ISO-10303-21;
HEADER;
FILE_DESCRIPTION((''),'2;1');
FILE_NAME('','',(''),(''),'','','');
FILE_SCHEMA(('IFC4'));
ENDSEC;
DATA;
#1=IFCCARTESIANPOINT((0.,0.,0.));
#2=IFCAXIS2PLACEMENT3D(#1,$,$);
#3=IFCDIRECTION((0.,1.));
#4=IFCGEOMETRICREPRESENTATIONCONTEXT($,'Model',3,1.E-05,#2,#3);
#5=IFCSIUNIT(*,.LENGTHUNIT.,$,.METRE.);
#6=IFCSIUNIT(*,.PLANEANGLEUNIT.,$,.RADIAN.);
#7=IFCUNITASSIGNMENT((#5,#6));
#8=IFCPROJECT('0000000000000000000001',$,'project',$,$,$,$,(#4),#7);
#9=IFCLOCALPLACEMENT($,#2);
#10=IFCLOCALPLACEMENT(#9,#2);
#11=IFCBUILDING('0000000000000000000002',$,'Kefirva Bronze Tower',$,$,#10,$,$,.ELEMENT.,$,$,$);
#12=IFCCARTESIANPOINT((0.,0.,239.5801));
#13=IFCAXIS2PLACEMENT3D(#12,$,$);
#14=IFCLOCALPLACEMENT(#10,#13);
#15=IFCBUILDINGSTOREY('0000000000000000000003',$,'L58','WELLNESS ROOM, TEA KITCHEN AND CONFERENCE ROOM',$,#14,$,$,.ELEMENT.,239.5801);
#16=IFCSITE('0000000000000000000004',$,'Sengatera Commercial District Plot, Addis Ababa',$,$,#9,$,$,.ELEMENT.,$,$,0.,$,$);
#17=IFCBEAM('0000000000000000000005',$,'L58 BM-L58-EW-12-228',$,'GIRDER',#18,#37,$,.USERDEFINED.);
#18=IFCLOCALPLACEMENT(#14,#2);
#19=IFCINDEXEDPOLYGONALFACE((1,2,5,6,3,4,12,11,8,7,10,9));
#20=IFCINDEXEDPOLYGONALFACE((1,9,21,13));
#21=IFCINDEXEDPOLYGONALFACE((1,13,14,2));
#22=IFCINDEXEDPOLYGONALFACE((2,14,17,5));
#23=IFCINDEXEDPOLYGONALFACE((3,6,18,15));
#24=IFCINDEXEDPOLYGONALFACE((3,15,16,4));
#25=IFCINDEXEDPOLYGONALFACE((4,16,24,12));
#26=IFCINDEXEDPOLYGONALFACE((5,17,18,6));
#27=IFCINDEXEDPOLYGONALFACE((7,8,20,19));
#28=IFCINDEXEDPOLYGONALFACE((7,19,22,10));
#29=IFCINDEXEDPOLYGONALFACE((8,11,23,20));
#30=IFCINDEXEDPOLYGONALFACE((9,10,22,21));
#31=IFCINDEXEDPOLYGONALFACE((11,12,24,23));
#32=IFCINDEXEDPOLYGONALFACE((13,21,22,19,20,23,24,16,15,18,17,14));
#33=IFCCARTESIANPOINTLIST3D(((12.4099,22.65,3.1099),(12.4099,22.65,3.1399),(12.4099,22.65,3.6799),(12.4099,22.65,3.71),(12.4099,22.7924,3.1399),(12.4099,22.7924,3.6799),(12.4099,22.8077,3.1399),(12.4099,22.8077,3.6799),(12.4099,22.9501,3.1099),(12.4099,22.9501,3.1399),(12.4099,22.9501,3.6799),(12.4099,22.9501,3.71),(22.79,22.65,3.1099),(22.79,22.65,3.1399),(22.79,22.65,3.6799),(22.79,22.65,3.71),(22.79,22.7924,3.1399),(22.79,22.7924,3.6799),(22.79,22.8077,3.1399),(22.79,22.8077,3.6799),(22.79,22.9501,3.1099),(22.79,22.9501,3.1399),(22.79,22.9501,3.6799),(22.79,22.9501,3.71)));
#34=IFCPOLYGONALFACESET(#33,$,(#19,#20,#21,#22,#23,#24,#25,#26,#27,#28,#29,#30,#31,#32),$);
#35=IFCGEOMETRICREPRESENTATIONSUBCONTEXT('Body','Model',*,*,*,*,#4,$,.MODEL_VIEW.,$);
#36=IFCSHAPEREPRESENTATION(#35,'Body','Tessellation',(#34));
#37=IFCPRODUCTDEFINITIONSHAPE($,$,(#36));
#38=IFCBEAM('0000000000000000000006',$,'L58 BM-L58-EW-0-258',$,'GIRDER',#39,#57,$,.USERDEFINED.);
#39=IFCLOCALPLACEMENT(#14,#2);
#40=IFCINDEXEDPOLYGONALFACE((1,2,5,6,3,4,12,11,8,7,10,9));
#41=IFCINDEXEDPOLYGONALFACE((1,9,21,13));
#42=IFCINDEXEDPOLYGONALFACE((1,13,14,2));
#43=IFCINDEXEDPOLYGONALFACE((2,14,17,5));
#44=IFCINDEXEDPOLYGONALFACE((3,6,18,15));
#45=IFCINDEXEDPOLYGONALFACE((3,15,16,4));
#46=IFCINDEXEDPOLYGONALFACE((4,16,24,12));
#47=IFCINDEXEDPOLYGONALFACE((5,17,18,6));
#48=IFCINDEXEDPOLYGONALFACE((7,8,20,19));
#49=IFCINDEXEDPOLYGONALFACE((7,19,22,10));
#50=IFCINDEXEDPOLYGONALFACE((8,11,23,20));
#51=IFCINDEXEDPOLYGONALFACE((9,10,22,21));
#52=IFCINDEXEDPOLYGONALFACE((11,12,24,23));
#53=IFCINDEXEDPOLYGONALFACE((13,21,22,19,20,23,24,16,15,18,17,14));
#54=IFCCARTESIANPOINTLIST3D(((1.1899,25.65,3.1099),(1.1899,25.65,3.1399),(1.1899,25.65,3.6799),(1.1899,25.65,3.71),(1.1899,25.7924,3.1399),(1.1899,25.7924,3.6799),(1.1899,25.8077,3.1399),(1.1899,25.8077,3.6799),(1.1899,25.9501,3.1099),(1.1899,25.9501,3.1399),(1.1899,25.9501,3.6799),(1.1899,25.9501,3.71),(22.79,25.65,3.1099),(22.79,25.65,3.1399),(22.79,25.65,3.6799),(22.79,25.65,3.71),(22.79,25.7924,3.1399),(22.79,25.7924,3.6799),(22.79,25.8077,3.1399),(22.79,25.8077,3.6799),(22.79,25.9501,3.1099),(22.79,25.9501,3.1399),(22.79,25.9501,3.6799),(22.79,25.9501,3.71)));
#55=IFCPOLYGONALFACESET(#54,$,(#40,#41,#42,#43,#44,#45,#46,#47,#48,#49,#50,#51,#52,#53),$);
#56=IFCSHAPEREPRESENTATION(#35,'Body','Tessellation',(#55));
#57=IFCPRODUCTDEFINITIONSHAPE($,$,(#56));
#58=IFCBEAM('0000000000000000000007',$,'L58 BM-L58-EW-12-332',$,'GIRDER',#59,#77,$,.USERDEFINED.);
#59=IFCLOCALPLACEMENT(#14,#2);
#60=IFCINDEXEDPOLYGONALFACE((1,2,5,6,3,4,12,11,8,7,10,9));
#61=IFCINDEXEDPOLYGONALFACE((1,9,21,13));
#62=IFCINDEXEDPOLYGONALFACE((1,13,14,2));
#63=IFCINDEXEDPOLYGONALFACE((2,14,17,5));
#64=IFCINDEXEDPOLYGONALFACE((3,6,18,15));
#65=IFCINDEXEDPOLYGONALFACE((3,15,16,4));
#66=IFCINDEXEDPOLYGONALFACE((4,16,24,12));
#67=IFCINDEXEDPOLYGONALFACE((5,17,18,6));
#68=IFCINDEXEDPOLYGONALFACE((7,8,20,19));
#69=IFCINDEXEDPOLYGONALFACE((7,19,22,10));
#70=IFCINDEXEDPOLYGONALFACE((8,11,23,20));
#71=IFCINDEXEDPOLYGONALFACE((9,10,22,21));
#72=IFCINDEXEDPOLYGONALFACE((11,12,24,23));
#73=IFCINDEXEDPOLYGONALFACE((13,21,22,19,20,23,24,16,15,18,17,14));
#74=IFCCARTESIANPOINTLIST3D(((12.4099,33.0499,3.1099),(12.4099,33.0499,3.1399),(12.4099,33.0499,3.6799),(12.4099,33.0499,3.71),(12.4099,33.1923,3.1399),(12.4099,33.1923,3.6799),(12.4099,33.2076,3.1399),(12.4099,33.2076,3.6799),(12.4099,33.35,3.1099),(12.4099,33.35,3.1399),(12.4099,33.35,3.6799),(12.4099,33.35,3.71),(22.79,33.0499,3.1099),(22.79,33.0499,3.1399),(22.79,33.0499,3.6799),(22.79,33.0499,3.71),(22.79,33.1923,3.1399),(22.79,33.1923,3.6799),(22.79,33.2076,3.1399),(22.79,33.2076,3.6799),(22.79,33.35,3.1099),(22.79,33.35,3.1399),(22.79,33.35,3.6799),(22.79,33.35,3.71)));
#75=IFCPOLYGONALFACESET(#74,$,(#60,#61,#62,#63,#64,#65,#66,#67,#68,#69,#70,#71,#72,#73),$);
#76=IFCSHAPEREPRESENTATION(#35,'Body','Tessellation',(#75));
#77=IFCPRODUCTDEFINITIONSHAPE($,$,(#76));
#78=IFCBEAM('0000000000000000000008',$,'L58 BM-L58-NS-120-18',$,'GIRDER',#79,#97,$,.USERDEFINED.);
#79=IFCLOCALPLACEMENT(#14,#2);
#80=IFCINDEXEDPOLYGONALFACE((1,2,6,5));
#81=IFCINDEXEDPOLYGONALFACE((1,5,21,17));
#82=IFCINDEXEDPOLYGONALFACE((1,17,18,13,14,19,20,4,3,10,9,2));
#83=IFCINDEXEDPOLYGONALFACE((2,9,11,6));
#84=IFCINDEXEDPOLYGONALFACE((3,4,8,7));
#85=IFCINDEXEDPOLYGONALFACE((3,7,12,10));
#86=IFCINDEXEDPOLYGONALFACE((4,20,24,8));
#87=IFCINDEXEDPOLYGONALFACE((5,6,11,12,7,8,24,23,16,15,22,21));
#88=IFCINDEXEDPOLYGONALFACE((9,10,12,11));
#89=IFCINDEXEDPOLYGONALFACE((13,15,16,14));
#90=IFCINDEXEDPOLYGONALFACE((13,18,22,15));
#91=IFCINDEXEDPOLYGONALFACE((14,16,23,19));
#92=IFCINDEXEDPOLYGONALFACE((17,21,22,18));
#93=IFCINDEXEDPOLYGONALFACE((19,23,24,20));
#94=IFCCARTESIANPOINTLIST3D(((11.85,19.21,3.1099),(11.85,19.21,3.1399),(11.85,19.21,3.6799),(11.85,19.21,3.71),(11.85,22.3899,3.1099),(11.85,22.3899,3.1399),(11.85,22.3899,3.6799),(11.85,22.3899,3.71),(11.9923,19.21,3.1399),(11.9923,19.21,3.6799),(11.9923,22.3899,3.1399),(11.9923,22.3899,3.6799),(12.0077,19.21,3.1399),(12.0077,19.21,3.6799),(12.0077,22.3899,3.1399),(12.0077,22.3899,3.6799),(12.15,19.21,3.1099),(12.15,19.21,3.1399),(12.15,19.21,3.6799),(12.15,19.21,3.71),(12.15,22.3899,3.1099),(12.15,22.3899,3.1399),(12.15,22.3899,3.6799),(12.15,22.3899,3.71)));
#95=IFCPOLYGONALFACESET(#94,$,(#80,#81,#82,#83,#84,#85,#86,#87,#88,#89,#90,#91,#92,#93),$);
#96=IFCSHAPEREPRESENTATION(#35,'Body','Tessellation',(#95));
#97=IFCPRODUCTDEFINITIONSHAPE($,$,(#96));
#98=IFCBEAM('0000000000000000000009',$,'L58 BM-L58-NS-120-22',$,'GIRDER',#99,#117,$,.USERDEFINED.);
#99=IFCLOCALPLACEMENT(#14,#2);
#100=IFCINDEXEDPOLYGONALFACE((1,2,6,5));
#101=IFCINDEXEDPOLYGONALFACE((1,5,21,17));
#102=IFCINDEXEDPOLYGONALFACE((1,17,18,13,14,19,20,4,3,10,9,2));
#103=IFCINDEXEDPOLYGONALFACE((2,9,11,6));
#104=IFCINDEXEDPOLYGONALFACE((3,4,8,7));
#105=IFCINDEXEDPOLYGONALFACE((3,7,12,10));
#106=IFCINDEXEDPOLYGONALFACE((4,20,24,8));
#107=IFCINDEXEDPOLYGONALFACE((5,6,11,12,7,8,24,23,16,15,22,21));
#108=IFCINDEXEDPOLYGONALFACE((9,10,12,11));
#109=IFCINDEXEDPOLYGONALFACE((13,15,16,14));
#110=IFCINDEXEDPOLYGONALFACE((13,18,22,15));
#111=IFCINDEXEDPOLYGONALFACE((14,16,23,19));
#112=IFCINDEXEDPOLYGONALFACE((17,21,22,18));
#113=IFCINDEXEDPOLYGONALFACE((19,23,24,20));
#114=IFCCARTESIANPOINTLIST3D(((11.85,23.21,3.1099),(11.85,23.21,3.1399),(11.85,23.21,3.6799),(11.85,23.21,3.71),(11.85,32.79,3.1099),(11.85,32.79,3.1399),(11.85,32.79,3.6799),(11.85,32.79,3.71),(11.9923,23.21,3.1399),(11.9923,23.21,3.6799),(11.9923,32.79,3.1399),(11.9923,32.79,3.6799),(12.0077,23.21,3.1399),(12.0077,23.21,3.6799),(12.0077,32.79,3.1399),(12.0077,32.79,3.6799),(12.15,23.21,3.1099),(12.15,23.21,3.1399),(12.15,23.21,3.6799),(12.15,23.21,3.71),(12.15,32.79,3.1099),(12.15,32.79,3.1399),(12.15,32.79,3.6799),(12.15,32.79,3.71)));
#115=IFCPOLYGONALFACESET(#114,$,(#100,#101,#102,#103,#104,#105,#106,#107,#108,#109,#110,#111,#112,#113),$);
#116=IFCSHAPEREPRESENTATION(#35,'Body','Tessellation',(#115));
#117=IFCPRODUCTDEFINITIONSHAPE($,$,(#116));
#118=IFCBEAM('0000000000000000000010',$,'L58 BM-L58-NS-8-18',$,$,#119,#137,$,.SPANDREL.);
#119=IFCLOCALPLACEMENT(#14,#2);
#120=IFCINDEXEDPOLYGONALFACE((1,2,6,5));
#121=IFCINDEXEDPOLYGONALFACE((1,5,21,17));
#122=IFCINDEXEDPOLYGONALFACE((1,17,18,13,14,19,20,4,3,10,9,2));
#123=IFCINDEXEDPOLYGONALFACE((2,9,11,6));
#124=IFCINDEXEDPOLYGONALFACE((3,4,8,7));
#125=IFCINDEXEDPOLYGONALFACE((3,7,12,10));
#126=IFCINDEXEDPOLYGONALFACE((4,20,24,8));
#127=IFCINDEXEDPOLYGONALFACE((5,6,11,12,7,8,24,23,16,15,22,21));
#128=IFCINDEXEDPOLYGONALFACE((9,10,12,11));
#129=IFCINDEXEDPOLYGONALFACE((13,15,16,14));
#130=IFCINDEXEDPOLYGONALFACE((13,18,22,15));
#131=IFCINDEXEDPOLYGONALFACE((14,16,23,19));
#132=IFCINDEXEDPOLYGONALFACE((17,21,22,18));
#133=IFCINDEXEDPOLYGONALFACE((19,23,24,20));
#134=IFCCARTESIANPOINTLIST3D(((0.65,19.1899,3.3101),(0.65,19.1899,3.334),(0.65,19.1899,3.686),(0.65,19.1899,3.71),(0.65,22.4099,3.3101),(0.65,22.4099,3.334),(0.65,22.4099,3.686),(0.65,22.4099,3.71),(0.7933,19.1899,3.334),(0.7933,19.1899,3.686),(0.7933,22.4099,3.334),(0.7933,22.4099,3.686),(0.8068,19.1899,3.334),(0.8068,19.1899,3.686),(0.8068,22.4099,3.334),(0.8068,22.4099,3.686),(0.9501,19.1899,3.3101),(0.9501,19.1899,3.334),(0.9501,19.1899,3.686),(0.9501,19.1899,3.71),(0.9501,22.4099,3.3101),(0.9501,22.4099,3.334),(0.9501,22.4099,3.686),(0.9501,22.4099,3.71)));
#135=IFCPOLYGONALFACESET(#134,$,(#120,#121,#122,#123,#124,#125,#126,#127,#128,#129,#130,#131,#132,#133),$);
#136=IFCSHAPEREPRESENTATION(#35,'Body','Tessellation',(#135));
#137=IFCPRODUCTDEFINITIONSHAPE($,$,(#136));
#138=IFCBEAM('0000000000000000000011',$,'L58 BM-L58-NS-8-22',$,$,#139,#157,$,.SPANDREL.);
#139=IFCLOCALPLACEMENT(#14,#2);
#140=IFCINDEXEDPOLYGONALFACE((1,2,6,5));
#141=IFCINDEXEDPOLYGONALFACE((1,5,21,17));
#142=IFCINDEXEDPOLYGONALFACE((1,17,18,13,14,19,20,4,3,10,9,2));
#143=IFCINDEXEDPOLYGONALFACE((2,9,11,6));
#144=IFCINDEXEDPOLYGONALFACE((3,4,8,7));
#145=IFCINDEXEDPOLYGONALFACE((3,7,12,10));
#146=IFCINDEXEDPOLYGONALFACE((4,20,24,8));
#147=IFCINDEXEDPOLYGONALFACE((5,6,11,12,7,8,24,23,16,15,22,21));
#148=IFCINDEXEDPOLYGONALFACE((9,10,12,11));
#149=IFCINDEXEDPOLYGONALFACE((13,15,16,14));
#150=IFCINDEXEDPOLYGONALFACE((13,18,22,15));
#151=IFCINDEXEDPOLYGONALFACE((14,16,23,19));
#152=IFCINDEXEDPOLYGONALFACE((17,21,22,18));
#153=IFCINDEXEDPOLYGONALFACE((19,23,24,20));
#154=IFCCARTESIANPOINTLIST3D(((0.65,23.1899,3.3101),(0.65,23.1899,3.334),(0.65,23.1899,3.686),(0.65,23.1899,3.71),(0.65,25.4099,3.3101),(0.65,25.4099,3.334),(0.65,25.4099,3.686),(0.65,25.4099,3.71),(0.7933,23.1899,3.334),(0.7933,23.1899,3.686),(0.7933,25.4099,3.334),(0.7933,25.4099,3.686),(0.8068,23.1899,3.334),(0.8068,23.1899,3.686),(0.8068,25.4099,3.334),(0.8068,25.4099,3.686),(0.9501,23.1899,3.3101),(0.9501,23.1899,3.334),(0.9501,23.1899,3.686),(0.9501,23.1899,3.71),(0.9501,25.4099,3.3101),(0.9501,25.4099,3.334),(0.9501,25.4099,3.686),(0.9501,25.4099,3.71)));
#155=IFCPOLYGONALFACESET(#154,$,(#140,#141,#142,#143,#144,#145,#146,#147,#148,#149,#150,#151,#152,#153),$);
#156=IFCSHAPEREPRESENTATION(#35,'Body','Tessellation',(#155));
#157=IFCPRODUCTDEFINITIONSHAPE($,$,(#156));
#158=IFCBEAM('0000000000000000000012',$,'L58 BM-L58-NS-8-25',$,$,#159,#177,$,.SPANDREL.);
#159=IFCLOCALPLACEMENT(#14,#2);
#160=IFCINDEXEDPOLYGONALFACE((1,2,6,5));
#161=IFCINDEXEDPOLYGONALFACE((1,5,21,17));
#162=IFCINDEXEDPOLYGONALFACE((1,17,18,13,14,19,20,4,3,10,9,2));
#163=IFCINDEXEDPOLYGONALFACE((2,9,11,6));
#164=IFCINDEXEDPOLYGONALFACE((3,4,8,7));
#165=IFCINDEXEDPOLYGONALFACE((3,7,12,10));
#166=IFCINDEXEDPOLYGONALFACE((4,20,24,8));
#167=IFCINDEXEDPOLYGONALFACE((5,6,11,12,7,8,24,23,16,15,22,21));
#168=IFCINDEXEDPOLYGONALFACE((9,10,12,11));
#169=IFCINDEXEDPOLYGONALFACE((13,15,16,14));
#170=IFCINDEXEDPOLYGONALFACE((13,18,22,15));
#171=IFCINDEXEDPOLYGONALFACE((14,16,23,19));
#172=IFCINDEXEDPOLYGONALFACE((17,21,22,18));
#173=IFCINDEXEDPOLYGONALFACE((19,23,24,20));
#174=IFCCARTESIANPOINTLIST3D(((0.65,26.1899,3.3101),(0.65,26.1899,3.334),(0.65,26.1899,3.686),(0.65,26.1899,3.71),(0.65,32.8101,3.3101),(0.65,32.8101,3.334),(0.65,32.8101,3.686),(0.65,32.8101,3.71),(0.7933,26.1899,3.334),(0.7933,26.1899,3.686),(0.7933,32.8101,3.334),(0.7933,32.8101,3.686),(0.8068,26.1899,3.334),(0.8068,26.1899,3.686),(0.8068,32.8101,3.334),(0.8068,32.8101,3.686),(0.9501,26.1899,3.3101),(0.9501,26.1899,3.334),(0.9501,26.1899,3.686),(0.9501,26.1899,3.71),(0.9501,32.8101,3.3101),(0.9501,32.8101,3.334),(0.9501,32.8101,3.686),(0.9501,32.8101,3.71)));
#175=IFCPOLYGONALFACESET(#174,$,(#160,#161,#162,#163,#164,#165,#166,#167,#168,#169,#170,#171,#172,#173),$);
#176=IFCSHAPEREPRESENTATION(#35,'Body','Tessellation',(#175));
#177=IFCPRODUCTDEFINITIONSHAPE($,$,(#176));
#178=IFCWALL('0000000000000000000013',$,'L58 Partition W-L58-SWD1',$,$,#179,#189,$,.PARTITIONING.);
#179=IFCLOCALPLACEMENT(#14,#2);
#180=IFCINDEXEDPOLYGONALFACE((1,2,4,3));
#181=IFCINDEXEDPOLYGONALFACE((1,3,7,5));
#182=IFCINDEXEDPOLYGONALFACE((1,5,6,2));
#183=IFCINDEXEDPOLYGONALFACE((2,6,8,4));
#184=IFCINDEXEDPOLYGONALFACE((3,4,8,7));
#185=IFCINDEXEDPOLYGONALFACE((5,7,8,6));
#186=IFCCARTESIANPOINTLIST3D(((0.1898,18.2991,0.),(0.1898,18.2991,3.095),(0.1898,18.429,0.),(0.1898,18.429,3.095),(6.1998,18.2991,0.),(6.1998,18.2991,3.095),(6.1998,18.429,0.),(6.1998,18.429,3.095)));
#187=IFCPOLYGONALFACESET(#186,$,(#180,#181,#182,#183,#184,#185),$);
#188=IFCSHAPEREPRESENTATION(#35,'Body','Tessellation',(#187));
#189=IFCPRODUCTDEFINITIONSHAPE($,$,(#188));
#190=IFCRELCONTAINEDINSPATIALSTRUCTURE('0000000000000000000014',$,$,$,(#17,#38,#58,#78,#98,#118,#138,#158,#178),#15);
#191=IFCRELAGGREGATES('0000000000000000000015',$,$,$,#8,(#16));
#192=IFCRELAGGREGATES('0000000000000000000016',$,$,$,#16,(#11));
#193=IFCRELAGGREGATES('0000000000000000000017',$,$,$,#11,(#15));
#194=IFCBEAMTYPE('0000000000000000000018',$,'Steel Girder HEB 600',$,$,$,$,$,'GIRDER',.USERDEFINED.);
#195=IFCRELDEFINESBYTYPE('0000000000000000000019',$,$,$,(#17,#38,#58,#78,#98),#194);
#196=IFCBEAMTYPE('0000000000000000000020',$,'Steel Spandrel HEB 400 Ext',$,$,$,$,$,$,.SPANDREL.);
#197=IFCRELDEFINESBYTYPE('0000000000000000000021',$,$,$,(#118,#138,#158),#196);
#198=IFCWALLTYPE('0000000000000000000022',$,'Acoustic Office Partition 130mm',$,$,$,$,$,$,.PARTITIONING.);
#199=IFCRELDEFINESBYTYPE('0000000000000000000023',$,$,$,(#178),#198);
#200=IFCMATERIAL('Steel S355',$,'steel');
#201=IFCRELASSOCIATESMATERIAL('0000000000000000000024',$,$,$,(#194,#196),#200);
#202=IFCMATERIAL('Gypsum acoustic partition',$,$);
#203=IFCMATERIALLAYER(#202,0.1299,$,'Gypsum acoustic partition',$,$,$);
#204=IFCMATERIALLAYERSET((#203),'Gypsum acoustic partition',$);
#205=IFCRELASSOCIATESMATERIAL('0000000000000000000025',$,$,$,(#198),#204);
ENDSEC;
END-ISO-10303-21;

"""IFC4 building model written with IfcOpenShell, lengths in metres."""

from ifc_helpers import new_model, si_unit, direction, frame, frame_2d, origin, origin_2d, place, context, subcontext, project, spatial, rectangle, i_section, extrude, material, layer, layer_set, material_profile, profile_set, type_object, element, save


model = new_model("IFC4")

# Units and contexts
model_context = context("Model", 3, precision=1e-05, world=origin(), true_north=direction((0.0, 1.0)))
body_context = subcontext(model_context, "Body", "Model", "MODEL_VIEW")
ifc_project = project(units=[si_unit("LENGTHUNIT", "METRE"), si_unit("PLANEANGLEUNIT", "RADIAN")], contexts=[model_context])

# Site, building, storey
site_placement = place(None, origin())
site = spatial("IfcSite", under=ifc_project, at=site_placement, Name="Sengatera Commercial District Plot, Addis Ababa", CompositionType="ELEMENT", RefElevation=0.0)
building_placement = place(site_placement, origin())
building = spatial("IfcBuilding", under=site, at=building_placement, Name="Kefirva Bronze Tower", CompositionType="ELEMENT")
storey_placement = place(building_placement, frame((0.0, 0.0, 239.5801)))
storey = spatial("IfcBuildingStorey", under=building, at=storey_placement, Name="L58", Description="WELLNESS ROOM, TEA KITCHEN AND CONFERENCE ROOM", CompositionType="ELEMENT", Elevation=239.5801)

# Beams
ifc_material_1 = material(Name="Steel S355", Category="steel")
ifc_material_profile_1 = material_profile(ifc_material_1, i_section(OverallWidth=0.3, OverallDepth=0.6001, WebThickness=0.0154, FlangeThickness=0.03, at=origin_2d()), Name="HEB 600")
ifc_profile_set_1 = profile_set([ifc_material_profile_1], Name="Steel S355")
beam_type_1 = type_object("IfcBeamType", Name="Steel Girder HEB 600", ElementType="GIRDER", PredefinedType="USERDEFINED", material=ifc_profile_set_1)
beam_1_placement = place(storey_placement, frame((12.4099, 22.8, 3.4099), z_axis=(1.0, 0.0, 0.0), x_axis=(0.0, 1.0, 0.0)))
element("IfcBeam", 1, at=beam_1_placement, inside=storey, type_object=beam_type_1, Name="L58 BM-L58-EW-12-228", ObjectType="GIRDER", PredefinedType="USERDEFINED", context=body_context, shape_type="SweptSolid", body=[
    extrude(i_section(OverallWidth=0.3, OverallDepth=0.6001, WebThickness=0.0154, FlangeThickness=0.03, at=origin_2d()), origin(), (0.0, 0.0, 1.0), 10.3801),
])
beam_2_placement = place(storey_placement, frame((1.1899, 25.8, 3.4099), z_axis=(1.0, 0.0, 0.0), x_axis=(0.0, 1.0, 0.0)))
element("IfcBeam", 2, at=beam_2_placement, inside=storey, type_object=beam_type_1, Name="L58 BM-L58-EW-0-258", ObjectType="GIRDER", PredefinedType="USERDEFINED", context=body_context, shape_type="SweptSolid", body=[
    extrude(i_section(OverallWidth=0.3, OverallDepth=0.6001, WebThickness=0.0154, FlangeThickness=0.03, at=origin_2d()), origin(), (0.0, 0.0, 1.0), 21.6001),
])
beam_3_placement = place(storey_placement, frame((12.4099, 33.2, 3.4099), z_axis=(1.0, 0.0, 0.0), x_axis=(0.0, 1.0, 0.0)))
element("IfcBeam", 3, at=beam_3_placement, inside=storey, type_object=beam_type_1, Name="L58 BM-L58-EW-12-332", ObjectType="GIRDER", PredefinedType="USERDEFINED", context=body_context, shape_type="SweptSolid", body=[
    extrude(i_section(OverallWidth=0.3, OverallDepth=0.6001, WebThickness=0.0154, FlangeThickness=0.03, at=origin_2d()), origin(), (0.0, 0.0, 1.0), 10.3801),
])
beam_4_placement = place(storey_placement, frame((12.0, 19.21, 3.4099), z_axis=(0.0, 1.0, 0.0), x_axis=(-1.0, 0.0, 0.0)))
element("IfcBeam", 4, at=beam_4_placement, inside=storey, type_object=beam_type_1, Name="L58 BM-L58-NS-120-18", ObjectType="GIRDER", PredefinedType="USERDEFINED", context=body_context, shape_type="SweptSolid", body=[
    extrude(i_section(OverallWidth=0.3, OverallDepth=0.6001, WebThickness=0.0154, FlangeThickness=0.03, at=origin_2d()), origin(), (0.0, 0.0, 1.0), 3.1799),
])
beam_5_placement = place(storey_placement, frame((12.0, 23.21, 3.4099), z_axis=(0.0, 1.0, 0.0), x_axis=(-1.0, 0.0, 0.0)))
element("IfcBeam", 5, at=beam_5_placement, inside=storey, type_object=beam_type_1, Name="L58 BM-L58-NS-120-22", ObjectType="GIRDER", PredefinedType="USERDEFINED", context=body_context, shape_type="SweptSolid", body=[
    extrude(i_section(OverallWidth=0.3, OverallDepth=0.6001, WebThickness=0.0154, FlangeThickness=0.03, at=origin_2d()), origin(), (0.0, 0.0, 1.0), 9.5801),
])
ifc_material_profile_2 = material_profile(ifc_material_1, i_section(OverallWidth=0.3, OverallDepth=0.3999, WebThickness=0.0134, FlangeThickness=0.0239, at=origin_2d()), Name="HEB 400")
ifc_profile_set_2 = profile_set([ifc_material_profile_2], Name="Steel S355")
beam_type_2 = type_object("IfcBeamType", Name="Steel Spandrel HEB 400 Ext", PredefinedType="SPANDREL", material=ifc_profile_set_2)
beam_6_placement = place(storey_placement, frame((0.8, 19.1899, 3.51), z_axis=(0.0, 1.0, 0.0), x_axis=(-1.0, 0.0, 0.0)))
element("IfcBeam", 6, at=beam_6_placement, inside=storey, type_object=beam_type_2, Name="L58 BM-L58-NS-8-18", PredefinedType="SPANDREL", context=body_context, shape_type="SweptSolid", body=[
    extrude(i_section(OverallWidth=0.3, OverallDepth=0.3999, WebThickness=0.0134, FlangeThickness=0.0239, at=origin_2d()), origin(), (0.0, 0.0, 1.0), 3.22),
])
beam_7_placement = place(storey_placement, frame((0.8, 23.1899, 3.51), z_axis=(0.0, 1.0, 0.0), x_axis=(-1.0, 0.0, 0.0)))
element("IfcBeam", 7, at=beam_7_placement, inside=storey, type_object=beam_type_2, Name="L58 BM-L58-NS-8-22", PredefinedType="SPANDREL", context=body_context, shape_type="SweptSolid", body=[
    extrude(i_section(OverallWidth=0.3, OverallDepth=0.3999, WebThickness=0.0134, FlangeThickness=0.0239, at=origin_2d()), origin(), (0.0, 0.0, 1.0), 2.22),
])
beam_8_placement = place(storey_placement, frame((0.8, 26.1899, 3.51), z_axis=(0.0, 1.0, 0.0), x_axis=(-1.0, 0.0, 0.0)))
element("IfcBeam", 8, at=beam_8_placement, inside=storey, type_object=beam_type_2, Name="L58 BM-L58-NS-8-25", PredefinedType="SPANDREL", context=body_context, shape_type="SweptSolid", body=[
    extrude(i_section(OverallWidth=0.3, OverallDepth=0.3999, WebThickness=0.0134, FlangeThickness=0.0239, at=origin_2d()), origin(), (0.0, 0.0, 1.0), 6.6201),
])

# Wall
ifc_material_2 = material(Name="Gypsum acoustic partition")
ifc_layer_1 = layer(ifc_material_2, 0.1299, Name="Gypsum acoustic partition")
ifc_layer_set_1 = layer_set([ifc_layer_1], Name="Gypsum acoustic partition")
wall_type_1 = type_object("IfcWallType", Name="Acoustic Office Partition 130mm", PredefinedType="PARTITIONING", material=ifc_layer_set_1)
wall_1_placement = place(storey_placement, frame((0.1899, 18.364, 0.0), z_axis=(0.0, 0.0, 1.0), x_axis=(1.0, 0.0, 0.0)))
element("IfcWall", 9, at=wall_1_placement, inside=storey, type_object=wall_type_1, Name="L58 Partition W-L58-SWD1", PredefinedType="PARTITIONING", context=body_context, shape_type="SweptSolid", body=[
    extrude(rectangle(XDim=6.01, YDim=0.1299, at=frame_2d((3.0049, 0.0))), origin(), (0.0, 0.0, 1.0), 3.095),
])

save(model, "model.ifc")
